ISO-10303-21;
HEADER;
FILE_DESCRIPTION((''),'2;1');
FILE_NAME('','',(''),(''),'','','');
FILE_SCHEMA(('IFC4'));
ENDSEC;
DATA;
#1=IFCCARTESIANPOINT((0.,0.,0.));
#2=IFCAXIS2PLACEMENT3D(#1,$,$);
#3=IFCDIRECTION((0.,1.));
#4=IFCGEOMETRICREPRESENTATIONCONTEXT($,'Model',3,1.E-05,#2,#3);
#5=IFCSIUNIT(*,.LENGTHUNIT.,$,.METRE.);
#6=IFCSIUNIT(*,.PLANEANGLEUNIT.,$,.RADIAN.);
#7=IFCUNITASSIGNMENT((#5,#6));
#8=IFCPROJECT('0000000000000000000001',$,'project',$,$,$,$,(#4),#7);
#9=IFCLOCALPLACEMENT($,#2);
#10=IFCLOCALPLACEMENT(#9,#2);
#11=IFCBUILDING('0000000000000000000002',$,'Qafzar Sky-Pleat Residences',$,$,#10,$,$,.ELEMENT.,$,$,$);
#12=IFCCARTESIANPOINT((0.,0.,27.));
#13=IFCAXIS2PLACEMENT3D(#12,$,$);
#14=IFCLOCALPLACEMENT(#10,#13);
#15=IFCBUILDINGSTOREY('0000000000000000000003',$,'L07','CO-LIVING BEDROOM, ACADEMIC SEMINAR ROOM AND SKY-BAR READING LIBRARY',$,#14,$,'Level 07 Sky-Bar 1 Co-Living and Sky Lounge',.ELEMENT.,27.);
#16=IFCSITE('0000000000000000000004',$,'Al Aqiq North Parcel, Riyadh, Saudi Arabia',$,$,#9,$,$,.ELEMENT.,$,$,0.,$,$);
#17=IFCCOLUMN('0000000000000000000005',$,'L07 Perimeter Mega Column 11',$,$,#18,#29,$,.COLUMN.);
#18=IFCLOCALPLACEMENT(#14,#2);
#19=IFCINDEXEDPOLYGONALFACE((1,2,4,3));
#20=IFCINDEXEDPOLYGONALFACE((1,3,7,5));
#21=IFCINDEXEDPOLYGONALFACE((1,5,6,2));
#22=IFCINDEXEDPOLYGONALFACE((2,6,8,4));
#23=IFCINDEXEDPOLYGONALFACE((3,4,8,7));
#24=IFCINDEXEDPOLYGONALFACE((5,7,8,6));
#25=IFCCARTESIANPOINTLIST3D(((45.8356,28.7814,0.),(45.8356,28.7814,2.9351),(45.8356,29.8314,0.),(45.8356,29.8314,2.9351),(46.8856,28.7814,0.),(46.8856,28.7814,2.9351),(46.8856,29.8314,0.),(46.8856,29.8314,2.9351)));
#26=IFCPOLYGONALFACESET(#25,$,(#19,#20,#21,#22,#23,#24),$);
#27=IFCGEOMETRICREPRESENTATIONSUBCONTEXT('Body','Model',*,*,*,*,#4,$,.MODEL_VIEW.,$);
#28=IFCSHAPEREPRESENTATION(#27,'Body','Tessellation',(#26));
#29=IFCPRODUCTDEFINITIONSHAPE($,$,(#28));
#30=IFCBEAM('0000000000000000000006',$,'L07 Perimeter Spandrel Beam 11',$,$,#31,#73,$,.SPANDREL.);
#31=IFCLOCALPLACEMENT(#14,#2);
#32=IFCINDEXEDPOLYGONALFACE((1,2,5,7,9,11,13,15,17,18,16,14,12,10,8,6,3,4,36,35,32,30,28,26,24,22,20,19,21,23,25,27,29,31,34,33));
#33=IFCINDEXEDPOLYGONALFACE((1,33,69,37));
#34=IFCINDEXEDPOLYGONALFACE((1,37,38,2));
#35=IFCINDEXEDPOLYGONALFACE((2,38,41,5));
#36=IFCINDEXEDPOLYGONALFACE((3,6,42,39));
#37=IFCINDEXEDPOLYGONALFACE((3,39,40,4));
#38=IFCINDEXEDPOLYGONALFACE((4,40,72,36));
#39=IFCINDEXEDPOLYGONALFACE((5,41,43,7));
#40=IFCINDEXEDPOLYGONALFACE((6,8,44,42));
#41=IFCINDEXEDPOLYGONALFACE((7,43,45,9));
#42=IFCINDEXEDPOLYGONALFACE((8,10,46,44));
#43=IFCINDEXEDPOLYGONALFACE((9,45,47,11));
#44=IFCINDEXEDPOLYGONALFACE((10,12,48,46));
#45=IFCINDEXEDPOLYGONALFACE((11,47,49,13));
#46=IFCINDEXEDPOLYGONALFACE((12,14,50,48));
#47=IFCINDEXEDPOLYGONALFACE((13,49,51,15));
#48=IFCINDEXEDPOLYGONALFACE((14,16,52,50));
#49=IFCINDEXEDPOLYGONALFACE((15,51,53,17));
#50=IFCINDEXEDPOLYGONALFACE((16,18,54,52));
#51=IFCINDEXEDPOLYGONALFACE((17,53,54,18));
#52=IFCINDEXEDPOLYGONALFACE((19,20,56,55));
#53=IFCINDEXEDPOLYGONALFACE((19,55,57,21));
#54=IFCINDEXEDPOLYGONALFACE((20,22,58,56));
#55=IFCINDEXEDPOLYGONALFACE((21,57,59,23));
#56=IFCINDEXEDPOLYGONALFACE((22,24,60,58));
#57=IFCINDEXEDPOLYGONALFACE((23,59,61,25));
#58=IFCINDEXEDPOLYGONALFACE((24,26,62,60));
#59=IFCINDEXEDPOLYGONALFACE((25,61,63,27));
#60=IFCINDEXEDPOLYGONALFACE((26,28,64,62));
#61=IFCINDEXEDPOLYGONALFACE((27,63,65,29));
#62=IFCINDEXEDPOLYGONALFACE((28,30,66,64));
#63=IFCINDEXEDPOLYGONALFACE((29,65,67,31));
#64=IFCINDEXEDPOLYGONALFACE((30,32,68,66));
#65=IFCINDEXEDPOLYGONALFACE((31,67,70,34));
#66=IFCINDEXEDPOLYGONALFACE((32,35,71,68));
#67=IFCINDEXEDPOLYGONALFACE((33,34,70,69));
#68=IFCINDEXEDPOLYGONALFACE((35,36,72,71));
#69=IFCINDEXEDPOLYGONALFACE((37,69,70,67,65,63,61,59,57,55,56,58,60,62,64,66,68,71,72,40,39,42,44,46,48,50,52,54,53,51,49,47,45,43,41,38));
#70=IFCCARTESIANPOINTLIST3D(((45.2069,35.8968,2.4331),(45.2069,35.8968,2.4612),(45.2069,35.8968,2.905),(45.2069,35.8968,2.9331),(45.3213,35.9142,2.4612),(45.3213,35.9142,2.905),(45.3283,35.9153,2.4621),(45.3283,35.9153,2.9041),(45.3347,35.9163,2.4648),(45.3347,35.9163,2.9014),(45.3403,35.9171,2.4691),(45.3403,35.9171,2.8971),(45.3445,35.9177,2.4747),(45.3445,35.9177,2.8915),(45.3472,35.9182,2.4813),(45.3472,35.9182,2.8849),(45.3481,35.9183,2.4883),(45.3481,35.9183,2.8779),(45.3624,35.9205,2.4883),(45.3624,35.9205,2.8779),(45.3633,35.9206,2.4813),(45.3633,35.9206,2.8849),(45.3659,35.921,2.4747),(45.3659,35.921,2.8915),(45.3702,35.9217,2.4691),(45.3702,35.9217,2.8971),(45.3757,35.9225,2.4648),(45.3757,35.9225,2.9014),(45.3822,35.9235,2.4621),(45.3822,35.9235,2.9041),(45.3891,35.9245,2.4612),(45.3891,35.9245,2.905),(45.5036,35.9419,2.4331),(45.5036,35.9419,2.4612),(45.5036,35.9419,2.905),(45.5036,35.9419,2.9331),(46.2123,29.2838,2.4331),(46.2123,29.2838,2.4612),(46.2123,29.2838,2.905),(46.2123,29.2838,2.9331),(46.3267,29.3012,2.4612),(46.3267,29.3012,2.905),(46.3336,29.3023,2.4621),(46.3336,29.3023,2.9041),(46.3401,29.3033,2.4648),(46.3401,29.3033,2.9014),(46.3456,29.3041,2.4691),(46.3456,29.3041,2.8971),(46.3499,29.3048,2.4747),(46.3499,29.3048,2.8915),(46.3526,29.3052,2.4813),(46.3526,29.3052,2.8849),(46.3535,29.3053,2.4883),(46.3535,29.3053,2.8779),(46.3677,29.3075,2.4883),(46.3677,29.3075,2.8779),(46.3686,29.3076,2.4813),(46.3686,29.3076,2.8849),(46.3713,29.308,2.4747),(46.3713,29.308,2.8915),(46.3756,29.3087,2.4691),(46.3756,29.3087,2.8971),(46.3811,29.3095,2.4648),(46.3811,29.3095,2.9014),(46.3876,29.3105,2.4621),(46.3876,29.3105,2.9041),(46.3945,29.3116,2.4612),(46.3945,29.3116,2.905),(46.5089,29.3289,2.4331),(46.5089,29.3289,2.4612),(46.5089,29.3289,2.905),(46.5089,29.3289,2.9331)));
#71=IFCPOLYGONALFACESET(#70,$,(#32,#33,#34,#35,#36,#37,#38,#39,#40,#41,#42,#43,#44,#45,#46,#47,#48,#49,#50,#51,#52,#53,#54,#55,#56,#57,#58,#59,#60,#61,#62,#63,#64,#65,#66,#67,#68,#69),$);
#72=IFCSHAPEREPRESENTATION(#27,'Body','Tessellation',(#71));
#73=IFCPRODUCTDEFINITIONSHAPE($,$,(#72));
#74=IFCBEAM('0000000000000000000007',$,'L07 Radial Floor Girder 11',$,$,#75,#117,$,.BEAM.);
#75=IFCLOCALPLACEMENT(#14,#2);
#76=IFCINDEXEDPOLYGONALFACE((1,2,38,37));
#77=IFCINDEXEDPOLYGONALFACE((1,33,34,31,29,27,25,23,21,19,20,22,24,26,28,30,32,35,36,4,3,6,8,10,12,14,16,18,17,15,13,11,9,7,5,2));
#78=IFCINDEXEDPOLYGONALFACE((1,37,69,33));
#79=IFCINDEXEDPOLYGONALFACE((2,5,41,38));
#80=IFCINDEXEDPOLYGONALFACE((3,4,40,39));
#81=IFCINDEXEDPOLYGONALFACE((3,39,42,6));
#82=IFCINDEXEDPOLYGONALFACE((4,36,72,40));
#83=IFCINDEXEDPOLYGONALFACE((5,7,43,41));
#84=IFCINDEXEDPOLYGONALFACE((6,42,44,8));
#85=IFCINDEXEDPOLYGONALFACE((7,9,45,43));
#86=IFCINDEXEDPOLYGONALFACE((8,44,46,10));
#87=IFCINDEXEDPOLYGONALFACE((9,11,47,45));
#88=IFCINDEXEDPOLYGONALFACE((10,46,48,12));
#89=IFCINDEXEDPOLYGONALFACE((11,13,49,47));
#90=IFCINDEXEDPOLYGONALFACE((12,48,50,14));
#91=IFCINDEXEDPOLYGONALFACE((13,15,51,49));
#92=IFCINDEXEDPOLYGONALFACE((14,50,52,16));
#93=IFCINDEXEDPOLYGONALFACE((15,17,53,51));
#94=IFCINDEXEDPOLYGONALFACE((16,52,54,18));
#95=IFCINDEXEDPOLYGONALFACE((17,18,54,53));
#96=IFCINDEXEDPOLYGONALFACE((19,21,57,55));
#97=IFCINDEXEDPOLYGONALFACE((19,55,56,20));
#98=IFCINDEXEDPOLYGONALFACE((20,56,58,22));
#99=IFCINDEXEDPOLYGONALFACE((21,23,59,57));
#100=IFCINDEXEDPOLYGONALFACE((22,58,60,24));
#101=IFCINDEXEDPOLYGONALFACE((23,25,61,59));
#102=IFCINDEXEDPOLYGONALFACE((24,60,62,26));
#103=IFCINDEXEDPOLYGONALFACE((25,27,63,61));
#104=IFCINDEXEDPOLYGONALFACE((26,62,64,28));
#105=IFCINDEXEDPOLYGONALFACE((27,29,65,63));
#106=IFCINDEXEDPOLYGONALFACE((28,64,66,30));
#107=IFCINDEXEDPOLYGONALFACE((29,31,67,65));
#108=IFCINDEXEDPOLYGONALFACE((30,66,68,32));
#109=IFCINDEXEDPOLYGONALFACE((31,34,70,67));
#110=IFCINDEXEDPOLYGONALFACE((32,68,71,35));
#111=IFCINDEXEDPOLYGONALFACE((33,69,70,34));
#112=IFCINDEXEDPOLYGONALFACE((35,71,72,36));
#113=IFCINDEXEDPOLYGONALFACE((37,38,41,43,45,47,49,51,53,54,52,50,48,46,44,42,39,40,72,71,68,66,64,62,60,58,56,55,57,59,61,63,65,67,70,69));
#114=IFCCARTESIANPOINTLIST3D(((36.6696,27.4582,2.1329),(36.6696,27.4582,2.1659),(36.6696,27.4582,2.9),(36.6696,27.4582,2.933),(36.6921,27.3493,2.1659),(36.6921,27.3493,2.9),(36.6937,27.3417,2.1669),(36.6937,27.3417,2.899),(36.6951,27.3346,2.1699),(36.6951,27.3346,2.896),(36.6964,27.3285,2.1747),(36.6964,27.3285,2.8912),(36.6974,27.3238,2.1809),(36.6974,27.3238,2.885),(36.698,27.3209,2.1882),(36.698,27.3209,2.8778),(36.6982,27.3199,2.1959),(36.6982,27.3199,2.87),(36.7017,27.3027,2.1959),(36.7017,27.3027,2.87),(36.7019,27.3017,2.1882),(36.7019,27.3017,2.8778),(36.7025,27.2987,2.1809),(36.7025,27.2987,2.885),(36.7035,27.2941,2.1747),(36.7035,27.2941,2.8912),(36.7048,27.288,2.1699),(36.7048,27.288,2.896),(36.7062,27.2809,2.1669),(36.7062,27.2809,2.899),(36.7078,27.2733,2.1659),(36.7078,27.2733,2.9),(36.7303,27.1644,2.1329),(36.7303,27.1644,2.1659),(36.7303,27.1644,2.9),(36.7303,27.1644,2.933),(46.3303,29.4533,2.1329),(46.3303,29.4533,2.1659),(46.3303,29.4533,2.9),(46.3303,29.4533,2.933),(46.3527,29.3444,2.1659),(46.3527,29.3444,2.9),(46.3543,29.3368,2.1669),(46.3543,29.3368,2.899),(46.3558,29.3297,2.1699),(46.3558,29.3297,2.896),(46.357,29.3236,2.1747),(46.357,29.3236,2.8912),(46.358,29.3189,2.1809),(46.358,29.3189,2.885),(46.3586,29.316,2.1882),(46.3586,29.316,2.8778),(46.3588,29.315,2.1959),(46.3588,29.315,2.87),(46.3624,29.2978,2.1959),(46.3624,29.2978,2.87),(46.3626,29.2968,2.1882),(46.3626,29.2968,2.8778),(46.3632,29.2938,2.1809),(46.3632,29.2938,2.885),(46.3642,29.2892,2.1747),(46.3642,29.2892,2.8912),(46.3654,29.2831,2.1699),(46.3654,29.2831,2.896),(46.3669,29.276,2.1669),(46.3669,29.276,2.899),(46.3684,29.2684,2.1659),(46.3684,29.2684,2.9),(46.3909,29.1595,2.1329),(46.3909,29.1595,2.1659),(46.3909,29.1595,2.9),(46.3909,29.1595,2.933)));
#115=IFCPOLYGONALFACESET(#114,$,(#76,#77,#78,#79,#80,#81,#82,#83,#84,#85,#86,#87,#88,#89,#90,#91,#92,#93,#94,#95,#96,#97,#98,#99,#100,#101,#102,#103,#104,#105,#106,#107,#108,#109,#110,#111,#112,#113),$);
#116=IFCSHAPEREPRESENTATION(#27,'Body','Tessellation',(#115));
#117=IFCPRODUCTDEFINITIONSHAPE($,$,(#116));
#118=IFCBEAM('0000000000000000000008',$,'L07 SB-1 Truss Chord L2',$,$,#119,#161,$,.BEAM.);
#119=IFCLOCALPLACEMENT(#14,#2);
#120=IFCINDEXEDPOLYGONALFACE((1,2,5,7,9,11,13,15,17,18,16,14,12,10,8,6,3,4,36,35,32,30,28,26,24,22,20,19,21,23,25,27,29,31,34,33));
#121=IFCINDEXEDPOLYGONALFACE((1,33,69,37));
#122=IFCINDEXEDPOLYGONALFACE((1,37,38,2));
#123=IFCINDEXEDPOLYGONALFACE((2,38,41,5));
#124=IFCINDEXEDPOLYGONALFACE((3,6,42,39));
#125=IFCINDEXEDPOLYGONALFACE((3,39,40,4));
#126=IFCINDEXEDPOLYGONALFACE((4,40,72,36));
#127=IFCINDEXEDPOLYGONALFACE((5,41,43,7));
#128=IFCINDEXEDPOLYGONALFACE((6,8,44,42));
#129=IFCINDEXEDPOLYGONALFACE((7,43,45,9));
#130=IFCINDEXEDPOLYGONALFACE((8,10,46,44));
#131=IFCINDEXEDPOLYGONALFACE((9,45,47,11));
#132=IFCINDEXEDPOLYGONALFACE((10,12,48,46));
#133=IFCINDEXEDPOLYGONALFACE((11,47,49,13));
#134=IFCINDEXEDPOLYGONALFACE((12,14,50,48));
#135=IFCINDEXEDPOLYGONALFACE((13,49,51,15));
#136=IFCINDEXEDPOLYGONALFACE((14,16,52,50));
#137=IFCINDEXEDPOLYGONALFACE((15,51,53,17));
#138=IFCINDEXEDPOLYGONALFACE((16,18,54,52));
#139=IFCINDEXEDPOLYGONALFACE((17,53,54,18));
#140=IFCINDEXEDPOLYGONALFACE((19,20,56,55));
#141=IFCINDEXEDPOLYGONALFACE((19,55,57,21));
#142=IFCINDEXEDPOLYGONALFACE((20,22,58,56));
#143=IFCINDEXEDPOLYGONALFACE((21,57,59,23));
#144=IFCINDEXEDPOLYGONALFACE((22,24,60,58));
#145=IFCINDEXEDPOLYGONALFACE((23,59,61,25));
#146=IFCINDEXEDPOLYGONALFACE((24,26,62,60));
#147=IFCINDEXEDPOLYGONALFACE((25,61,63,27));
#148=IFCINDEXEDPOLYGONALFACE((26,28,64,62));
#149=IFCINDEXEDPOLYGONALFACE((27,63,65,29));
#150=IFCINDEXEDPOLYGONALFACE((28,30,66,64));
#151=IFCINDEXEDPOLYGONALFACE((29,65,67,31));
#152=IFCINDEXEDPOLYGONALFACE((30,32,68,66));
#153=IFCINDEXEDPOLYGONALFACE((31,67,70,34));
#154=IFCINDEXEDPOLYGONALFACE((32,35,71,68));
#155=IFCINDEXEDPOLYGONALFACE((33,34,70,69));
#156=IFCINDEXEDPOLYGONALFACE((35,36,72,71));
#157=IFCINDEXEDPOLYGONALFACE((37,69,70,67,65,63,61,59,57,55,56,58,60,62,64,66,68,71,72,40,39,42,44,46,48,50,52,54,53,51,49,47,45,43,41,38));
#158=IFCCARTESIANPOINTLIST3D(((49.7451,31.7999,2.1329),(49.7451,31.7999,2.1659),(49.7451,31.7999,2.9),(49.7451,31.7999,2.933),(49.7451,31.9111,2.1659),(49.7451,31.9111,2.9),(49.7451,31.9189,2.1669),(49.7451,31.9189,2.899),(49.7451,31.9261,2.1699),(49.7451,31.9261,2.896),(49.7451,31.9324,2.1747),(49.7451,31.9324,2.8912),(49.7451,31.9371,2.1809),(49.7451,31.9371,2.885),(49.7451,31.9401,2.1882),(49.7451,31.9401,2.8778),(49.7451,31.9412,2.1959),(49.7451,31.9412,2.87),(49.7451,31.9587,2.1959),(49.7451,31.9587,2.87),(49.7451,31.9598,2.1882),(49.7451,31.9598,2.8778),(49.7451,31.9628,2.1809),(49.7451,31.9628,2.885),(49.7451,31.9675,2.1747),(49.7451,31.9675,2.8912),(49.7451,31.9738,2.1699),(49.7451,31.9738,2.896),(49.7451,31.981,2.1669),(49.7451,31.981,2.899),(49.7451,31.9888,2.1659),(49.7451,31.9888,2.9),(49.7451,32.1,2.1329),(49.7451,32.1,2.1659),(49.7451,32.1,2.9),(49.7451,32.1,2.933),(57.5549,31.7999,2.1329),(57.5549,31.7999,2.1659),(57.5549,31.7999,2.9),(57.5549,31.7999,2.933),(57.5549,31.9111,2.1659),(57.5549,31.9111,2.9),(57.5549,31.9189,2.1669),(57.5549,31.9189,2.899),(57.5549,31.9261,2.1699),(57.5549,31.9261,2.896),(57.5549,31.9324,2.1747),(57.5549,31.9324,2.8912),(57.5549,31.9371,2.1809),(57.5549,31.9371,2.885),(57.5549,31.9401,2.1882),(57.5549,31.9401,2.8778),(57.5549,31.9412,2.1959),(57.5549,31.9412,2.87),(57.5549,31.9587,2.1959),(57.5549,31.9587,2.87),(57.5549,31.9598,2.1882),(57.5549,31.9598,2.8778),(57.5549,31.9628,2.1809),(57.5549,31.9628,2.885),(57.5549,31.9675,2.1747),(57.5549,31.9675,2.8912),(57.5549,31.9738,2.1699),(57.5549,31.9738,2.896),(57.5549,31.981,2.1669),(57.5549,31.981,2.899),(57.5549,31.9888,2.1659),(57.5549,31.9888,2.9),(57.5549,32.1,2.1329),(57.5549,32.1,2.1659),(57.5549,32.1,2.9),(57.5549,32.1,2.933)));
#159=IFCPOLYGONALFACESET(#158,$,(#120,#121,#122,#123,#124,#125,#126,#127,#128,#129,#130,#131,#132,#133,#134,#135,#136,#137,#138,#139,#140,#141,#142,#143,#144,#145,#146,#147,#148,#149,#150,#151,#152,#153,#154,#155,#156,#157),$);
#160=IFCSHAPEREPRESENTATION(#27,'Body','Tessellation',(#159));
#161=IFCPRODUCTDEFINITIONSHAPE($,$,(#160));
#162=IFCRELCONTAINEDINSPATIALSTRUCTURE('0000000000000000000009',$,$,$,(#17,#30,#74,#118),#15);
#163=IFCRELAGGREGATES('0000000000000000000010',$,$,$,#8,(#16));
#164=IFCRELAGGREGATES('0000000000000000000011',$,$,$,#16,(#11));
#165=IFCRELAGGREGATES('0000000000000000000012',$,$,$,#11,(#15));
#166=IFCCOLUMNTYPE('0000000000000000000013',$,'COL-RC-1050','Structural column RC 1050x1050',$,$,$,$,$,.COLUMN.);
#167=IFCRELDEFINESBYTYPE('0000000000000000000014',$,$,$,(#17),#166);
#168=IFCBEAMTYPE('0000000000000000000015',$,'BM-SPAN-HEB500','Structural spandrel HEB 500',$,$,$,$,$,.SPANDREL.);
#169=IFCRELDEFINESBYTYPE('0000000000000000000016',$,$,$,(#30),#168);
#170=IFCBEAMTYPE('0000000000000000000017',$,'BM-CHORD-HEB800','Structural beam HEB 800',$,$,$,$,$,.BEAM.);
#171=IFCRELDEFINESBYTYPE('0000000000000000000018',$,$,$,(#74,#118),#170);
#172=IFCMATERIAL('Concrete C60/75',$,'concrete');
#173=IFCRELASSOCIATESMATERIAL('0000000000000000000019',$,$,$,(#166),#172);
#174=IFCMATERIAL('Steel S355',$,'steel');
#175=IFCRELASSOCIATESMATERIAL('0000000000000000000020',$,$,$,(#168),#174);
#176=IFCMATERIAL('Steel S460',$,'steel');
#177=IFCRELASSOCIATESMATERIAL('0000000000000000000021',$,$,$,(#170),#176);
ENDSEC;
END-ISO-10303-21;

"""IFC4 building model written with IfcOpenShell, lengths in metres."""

from ifc_helpers import new_model, si_unit, direction, frame, origin, origin_2d, place, context, subcontext, project, spatial, rectangle, i_section, extrude, source, transform, mapped, material, material_profile, profile_set, type_object, element, save


model = new_model("IFC4")

# Units and contexts
model_context = context("Model", 3, precision=1e-05, world=origin(), true_north=direction((0.0, 1.0)))
body_context = subcontext(model_context, "Body", "Model", "MODEL_VIEW")
ifc_project = project(units=[si_unit("LENGTHUNIT", "METRE"), si_unit("PLANEANGLEUNIT", "RADIAN")], contexts=[model_context])

# Site, building, storey
site_placement = place(None, origin())
site = spatial("IfcSite", under=ifc_project, at=site_placement, Name="Al Aqiq North Parcel, Riyadh, Saudi Arabia", CompositionType="ELEMENT", RefElevation=0.0)
building_placement = place(site_placement, origin())
building = spatial("IfcBuilding", under=site, at=building_placement, Name="Qafzar Sky-Pleat Residences", CompositionType="ELEMENT")
storey_placement = place(building_placement, frame((0.0, 0.0, 27.0)))
storey = spatial("IfcBuildingStorey", under=building, at=storey_placement, Name="L07", Description="CO-LIVING BEDROOM, ACADEMIC SEMINAR ROOM AND SKY-BAR READING LIBRARY", LongName="Level 07 Sky-Bar 1 Co-Living and Sky Lounge", CompositionType="ELEMENT", Elevation=27.0)

# Column
ifc_material_1 = material(Name="Concrete C60/75", Category="concrete")
ifc_material_profile_1 = material_profile(ifc_material_1, rectangle(XDim=1.05, YDim=1.05, at=origin_2d()), Name="RC 1050x1050")
ifc_profile_set_1 = profile_set([ifc_material_profile_1], Name="Concrete C60/75")
column_type = type_object("IfcColumnType", Name="COL-RC-1050", Description="Structural column RC 1050x1050", PredefinedType="COLUMN", material=ifc_profile_set_1)
shared_shape_1 = source(origin(), body_context, "Body", "SweptSolid", [
    extrude(rectangle(XDim=1.05, YDim=1.05, at=origin_2d()), origin(), (0.0, 0.0, 1.0), 2.9351),
])
column_placement = place(storey_placement, frame((46.3606, 29.3064, 0.0), z_axis=(0.0, 0.0, 1.0), x_axis=(1.0, 0.0, 0.0)))
element("IfcColumn", 1, at=column_placement, inside=storey, type_object=column_type, Name="L07 Perimeter Mega Column 11", PredefinedType="COLUMN", context=body_context, shape_type="MappedRepresentation", body=[
    mapped(shared_shape_1, transform((0.0, 0.0, 0.0), x_axis=(1.0, 0.0, 0.0), y_axis=(0.0, 1.0, 0.0), z_axis=(0.0, 0.0, 1.0), scale=1.0)),
])

# Beams
ifc_material_2 = material(Name="Steel S355", Category="steel")
ifc_material_profile_2 = material_profile(ifc_material_2, i_section(OverallWidth=0.3, OverallDepth=0.5, WebThickness=0.0144, FlangeThickness=0.0281, FilletRadius=0.0271, at=origin_2d()), Name="HEB 500")
ifc_profile_set_2 = profile_set([ifc_material_profile_2], Name="Steel S355")
beam_type_1 = type_object("IfcBeamType", Name="BM-SPAN-HEB500", Description="Structural spandrel HEB 500", PredefinedType="SPANDREL", material=ifc_profile_set_2)
shared_shape_2 = source(origin(), body_context, "Body", "SweptSolid", [
    extrude(i_section(OverallWidth=0.3, OverallDepth=0.5, WebThickness=0.0144, FlangeThickness=0.0281, FilletRadius=0.0271, at=origin_2d()), origin(), (0.0, 0.0, 1.0), 6.689),
])
beam_1_placement = place(storey_placement, frame((46.3606, 29.3064, 2.6831), z_axis=(-0.150302, 0.98864, 0.0), x_axis=(-0.98864, -0.150302, 0.0)))
element("IfcBeam", 2, at=beam_1_placement, inside=storey, type_object=beam_type_1, Name="L07 Perimeter Spandrel Beam 11", PredefinedType="SPANDREL", context=body_context, shape_type="MappedRepresentation", body=[
    mapped(shared_shape_2, transform((0.0, 0.0, 0.0), x_axis=(1.0, 0.0, 0.0), y_axis=(0.0, 1.0, 0.0), z_axis=(0.0, 0.0, 1.0), scale=1.0)),
])
ifc_material_3 = material(Name="Steel S460", Category="steel")
ifc_material_profile_3 = material_profile(ifc_material_3, i_section(OverallWidth=0.3, OverallDepth=0.8, WebThickness=0.0176, FlangeThickness=0.033, FilletRadius=0.03, at=origin_2d()), Name="HEB 800")
ifc_profile_set_3 = profile_set([ifc_material_profile_3], Name="Steel S460")
beam_type_2 = type_object("IfcBeamType", Name="BM-CHORD-HEB800", Description="Structural beam HEB 800", PredefinedType="BEAM", material=ifc_profile_set_3)
shared_shape_3 = source(origin(), body_context, "Body", "SweptSolid", [
    extrude(i_section(OverallWidth=0.3, OverallDepth=0.8, WebThickness=0.0176, FlangeThickness=0.033, FilletRadius=0.03, at=origin_2d()), origin(), (0.0, 0.0, 1.0), 9.8645),
])
beam_2_placement = place(storey_placement, frame((46.3606, 29.3064, 2.533), z_axis=(-0.979334, -0.202252, 0.0), x_axis=(0.202252, -0.979334, 0.0)))
element("IfcBeam", 3, at=beam_2_placement, inside=storey, type_object=beam_type_2, Name="L07 Radial Floor Girder 11", PredefinedType="BEAM", context=body_context, shape_type="MappedRepresentation", body=[
    mapped(shared_shape_3, transform((0.0, 0.0, 0.0), x_axis=(1.0, 0.0, 0.0), y_axis=(0.0, 1.0, 0.0), z_axis=(0.0, 0.0, 1.0), scale=1.0)),
])
shared_shape_4 = source(origin(), body_context, "Body", "SweptSolid", [
    extrude(i_section(OverallWidth=0.3, OverallDepth=0.8, WebThickness=0.0176, FlangeThickness=0.033, FilletRadius=0.03, at=origin_2d()), origin(), (0.0, 0.0, 1.0), 7.8098),
])
for number, where, z_axis, x_axis, name in (
    (4, (49.7451, 31.95, 2.533), (1.0, 0.0, 0.0), (0.0, 1.0, 0.0), "L07 SB-1 Truss Chord L2"),
):
    element("IfcBeam", number, at=place(storey_placement, frame(where, z_axis=z_axis, x_axis=x_axis)), inside=storey, type_object=beam_type_2, Name=name, PredefinedType="BEAM", context=body_context, shape_type="MappedRepresentation", body=[
        mapped(shared_shape_4, transform((0.0, 0.0, 0.0), x_axis=(1.0, 0.0, 0.0), y_axis=(0.0, 1.0, 0.0), z_axis=(0.0, 0.0, 1.0), scale=1.0)),
    ])

save(model, "model.ifc")
